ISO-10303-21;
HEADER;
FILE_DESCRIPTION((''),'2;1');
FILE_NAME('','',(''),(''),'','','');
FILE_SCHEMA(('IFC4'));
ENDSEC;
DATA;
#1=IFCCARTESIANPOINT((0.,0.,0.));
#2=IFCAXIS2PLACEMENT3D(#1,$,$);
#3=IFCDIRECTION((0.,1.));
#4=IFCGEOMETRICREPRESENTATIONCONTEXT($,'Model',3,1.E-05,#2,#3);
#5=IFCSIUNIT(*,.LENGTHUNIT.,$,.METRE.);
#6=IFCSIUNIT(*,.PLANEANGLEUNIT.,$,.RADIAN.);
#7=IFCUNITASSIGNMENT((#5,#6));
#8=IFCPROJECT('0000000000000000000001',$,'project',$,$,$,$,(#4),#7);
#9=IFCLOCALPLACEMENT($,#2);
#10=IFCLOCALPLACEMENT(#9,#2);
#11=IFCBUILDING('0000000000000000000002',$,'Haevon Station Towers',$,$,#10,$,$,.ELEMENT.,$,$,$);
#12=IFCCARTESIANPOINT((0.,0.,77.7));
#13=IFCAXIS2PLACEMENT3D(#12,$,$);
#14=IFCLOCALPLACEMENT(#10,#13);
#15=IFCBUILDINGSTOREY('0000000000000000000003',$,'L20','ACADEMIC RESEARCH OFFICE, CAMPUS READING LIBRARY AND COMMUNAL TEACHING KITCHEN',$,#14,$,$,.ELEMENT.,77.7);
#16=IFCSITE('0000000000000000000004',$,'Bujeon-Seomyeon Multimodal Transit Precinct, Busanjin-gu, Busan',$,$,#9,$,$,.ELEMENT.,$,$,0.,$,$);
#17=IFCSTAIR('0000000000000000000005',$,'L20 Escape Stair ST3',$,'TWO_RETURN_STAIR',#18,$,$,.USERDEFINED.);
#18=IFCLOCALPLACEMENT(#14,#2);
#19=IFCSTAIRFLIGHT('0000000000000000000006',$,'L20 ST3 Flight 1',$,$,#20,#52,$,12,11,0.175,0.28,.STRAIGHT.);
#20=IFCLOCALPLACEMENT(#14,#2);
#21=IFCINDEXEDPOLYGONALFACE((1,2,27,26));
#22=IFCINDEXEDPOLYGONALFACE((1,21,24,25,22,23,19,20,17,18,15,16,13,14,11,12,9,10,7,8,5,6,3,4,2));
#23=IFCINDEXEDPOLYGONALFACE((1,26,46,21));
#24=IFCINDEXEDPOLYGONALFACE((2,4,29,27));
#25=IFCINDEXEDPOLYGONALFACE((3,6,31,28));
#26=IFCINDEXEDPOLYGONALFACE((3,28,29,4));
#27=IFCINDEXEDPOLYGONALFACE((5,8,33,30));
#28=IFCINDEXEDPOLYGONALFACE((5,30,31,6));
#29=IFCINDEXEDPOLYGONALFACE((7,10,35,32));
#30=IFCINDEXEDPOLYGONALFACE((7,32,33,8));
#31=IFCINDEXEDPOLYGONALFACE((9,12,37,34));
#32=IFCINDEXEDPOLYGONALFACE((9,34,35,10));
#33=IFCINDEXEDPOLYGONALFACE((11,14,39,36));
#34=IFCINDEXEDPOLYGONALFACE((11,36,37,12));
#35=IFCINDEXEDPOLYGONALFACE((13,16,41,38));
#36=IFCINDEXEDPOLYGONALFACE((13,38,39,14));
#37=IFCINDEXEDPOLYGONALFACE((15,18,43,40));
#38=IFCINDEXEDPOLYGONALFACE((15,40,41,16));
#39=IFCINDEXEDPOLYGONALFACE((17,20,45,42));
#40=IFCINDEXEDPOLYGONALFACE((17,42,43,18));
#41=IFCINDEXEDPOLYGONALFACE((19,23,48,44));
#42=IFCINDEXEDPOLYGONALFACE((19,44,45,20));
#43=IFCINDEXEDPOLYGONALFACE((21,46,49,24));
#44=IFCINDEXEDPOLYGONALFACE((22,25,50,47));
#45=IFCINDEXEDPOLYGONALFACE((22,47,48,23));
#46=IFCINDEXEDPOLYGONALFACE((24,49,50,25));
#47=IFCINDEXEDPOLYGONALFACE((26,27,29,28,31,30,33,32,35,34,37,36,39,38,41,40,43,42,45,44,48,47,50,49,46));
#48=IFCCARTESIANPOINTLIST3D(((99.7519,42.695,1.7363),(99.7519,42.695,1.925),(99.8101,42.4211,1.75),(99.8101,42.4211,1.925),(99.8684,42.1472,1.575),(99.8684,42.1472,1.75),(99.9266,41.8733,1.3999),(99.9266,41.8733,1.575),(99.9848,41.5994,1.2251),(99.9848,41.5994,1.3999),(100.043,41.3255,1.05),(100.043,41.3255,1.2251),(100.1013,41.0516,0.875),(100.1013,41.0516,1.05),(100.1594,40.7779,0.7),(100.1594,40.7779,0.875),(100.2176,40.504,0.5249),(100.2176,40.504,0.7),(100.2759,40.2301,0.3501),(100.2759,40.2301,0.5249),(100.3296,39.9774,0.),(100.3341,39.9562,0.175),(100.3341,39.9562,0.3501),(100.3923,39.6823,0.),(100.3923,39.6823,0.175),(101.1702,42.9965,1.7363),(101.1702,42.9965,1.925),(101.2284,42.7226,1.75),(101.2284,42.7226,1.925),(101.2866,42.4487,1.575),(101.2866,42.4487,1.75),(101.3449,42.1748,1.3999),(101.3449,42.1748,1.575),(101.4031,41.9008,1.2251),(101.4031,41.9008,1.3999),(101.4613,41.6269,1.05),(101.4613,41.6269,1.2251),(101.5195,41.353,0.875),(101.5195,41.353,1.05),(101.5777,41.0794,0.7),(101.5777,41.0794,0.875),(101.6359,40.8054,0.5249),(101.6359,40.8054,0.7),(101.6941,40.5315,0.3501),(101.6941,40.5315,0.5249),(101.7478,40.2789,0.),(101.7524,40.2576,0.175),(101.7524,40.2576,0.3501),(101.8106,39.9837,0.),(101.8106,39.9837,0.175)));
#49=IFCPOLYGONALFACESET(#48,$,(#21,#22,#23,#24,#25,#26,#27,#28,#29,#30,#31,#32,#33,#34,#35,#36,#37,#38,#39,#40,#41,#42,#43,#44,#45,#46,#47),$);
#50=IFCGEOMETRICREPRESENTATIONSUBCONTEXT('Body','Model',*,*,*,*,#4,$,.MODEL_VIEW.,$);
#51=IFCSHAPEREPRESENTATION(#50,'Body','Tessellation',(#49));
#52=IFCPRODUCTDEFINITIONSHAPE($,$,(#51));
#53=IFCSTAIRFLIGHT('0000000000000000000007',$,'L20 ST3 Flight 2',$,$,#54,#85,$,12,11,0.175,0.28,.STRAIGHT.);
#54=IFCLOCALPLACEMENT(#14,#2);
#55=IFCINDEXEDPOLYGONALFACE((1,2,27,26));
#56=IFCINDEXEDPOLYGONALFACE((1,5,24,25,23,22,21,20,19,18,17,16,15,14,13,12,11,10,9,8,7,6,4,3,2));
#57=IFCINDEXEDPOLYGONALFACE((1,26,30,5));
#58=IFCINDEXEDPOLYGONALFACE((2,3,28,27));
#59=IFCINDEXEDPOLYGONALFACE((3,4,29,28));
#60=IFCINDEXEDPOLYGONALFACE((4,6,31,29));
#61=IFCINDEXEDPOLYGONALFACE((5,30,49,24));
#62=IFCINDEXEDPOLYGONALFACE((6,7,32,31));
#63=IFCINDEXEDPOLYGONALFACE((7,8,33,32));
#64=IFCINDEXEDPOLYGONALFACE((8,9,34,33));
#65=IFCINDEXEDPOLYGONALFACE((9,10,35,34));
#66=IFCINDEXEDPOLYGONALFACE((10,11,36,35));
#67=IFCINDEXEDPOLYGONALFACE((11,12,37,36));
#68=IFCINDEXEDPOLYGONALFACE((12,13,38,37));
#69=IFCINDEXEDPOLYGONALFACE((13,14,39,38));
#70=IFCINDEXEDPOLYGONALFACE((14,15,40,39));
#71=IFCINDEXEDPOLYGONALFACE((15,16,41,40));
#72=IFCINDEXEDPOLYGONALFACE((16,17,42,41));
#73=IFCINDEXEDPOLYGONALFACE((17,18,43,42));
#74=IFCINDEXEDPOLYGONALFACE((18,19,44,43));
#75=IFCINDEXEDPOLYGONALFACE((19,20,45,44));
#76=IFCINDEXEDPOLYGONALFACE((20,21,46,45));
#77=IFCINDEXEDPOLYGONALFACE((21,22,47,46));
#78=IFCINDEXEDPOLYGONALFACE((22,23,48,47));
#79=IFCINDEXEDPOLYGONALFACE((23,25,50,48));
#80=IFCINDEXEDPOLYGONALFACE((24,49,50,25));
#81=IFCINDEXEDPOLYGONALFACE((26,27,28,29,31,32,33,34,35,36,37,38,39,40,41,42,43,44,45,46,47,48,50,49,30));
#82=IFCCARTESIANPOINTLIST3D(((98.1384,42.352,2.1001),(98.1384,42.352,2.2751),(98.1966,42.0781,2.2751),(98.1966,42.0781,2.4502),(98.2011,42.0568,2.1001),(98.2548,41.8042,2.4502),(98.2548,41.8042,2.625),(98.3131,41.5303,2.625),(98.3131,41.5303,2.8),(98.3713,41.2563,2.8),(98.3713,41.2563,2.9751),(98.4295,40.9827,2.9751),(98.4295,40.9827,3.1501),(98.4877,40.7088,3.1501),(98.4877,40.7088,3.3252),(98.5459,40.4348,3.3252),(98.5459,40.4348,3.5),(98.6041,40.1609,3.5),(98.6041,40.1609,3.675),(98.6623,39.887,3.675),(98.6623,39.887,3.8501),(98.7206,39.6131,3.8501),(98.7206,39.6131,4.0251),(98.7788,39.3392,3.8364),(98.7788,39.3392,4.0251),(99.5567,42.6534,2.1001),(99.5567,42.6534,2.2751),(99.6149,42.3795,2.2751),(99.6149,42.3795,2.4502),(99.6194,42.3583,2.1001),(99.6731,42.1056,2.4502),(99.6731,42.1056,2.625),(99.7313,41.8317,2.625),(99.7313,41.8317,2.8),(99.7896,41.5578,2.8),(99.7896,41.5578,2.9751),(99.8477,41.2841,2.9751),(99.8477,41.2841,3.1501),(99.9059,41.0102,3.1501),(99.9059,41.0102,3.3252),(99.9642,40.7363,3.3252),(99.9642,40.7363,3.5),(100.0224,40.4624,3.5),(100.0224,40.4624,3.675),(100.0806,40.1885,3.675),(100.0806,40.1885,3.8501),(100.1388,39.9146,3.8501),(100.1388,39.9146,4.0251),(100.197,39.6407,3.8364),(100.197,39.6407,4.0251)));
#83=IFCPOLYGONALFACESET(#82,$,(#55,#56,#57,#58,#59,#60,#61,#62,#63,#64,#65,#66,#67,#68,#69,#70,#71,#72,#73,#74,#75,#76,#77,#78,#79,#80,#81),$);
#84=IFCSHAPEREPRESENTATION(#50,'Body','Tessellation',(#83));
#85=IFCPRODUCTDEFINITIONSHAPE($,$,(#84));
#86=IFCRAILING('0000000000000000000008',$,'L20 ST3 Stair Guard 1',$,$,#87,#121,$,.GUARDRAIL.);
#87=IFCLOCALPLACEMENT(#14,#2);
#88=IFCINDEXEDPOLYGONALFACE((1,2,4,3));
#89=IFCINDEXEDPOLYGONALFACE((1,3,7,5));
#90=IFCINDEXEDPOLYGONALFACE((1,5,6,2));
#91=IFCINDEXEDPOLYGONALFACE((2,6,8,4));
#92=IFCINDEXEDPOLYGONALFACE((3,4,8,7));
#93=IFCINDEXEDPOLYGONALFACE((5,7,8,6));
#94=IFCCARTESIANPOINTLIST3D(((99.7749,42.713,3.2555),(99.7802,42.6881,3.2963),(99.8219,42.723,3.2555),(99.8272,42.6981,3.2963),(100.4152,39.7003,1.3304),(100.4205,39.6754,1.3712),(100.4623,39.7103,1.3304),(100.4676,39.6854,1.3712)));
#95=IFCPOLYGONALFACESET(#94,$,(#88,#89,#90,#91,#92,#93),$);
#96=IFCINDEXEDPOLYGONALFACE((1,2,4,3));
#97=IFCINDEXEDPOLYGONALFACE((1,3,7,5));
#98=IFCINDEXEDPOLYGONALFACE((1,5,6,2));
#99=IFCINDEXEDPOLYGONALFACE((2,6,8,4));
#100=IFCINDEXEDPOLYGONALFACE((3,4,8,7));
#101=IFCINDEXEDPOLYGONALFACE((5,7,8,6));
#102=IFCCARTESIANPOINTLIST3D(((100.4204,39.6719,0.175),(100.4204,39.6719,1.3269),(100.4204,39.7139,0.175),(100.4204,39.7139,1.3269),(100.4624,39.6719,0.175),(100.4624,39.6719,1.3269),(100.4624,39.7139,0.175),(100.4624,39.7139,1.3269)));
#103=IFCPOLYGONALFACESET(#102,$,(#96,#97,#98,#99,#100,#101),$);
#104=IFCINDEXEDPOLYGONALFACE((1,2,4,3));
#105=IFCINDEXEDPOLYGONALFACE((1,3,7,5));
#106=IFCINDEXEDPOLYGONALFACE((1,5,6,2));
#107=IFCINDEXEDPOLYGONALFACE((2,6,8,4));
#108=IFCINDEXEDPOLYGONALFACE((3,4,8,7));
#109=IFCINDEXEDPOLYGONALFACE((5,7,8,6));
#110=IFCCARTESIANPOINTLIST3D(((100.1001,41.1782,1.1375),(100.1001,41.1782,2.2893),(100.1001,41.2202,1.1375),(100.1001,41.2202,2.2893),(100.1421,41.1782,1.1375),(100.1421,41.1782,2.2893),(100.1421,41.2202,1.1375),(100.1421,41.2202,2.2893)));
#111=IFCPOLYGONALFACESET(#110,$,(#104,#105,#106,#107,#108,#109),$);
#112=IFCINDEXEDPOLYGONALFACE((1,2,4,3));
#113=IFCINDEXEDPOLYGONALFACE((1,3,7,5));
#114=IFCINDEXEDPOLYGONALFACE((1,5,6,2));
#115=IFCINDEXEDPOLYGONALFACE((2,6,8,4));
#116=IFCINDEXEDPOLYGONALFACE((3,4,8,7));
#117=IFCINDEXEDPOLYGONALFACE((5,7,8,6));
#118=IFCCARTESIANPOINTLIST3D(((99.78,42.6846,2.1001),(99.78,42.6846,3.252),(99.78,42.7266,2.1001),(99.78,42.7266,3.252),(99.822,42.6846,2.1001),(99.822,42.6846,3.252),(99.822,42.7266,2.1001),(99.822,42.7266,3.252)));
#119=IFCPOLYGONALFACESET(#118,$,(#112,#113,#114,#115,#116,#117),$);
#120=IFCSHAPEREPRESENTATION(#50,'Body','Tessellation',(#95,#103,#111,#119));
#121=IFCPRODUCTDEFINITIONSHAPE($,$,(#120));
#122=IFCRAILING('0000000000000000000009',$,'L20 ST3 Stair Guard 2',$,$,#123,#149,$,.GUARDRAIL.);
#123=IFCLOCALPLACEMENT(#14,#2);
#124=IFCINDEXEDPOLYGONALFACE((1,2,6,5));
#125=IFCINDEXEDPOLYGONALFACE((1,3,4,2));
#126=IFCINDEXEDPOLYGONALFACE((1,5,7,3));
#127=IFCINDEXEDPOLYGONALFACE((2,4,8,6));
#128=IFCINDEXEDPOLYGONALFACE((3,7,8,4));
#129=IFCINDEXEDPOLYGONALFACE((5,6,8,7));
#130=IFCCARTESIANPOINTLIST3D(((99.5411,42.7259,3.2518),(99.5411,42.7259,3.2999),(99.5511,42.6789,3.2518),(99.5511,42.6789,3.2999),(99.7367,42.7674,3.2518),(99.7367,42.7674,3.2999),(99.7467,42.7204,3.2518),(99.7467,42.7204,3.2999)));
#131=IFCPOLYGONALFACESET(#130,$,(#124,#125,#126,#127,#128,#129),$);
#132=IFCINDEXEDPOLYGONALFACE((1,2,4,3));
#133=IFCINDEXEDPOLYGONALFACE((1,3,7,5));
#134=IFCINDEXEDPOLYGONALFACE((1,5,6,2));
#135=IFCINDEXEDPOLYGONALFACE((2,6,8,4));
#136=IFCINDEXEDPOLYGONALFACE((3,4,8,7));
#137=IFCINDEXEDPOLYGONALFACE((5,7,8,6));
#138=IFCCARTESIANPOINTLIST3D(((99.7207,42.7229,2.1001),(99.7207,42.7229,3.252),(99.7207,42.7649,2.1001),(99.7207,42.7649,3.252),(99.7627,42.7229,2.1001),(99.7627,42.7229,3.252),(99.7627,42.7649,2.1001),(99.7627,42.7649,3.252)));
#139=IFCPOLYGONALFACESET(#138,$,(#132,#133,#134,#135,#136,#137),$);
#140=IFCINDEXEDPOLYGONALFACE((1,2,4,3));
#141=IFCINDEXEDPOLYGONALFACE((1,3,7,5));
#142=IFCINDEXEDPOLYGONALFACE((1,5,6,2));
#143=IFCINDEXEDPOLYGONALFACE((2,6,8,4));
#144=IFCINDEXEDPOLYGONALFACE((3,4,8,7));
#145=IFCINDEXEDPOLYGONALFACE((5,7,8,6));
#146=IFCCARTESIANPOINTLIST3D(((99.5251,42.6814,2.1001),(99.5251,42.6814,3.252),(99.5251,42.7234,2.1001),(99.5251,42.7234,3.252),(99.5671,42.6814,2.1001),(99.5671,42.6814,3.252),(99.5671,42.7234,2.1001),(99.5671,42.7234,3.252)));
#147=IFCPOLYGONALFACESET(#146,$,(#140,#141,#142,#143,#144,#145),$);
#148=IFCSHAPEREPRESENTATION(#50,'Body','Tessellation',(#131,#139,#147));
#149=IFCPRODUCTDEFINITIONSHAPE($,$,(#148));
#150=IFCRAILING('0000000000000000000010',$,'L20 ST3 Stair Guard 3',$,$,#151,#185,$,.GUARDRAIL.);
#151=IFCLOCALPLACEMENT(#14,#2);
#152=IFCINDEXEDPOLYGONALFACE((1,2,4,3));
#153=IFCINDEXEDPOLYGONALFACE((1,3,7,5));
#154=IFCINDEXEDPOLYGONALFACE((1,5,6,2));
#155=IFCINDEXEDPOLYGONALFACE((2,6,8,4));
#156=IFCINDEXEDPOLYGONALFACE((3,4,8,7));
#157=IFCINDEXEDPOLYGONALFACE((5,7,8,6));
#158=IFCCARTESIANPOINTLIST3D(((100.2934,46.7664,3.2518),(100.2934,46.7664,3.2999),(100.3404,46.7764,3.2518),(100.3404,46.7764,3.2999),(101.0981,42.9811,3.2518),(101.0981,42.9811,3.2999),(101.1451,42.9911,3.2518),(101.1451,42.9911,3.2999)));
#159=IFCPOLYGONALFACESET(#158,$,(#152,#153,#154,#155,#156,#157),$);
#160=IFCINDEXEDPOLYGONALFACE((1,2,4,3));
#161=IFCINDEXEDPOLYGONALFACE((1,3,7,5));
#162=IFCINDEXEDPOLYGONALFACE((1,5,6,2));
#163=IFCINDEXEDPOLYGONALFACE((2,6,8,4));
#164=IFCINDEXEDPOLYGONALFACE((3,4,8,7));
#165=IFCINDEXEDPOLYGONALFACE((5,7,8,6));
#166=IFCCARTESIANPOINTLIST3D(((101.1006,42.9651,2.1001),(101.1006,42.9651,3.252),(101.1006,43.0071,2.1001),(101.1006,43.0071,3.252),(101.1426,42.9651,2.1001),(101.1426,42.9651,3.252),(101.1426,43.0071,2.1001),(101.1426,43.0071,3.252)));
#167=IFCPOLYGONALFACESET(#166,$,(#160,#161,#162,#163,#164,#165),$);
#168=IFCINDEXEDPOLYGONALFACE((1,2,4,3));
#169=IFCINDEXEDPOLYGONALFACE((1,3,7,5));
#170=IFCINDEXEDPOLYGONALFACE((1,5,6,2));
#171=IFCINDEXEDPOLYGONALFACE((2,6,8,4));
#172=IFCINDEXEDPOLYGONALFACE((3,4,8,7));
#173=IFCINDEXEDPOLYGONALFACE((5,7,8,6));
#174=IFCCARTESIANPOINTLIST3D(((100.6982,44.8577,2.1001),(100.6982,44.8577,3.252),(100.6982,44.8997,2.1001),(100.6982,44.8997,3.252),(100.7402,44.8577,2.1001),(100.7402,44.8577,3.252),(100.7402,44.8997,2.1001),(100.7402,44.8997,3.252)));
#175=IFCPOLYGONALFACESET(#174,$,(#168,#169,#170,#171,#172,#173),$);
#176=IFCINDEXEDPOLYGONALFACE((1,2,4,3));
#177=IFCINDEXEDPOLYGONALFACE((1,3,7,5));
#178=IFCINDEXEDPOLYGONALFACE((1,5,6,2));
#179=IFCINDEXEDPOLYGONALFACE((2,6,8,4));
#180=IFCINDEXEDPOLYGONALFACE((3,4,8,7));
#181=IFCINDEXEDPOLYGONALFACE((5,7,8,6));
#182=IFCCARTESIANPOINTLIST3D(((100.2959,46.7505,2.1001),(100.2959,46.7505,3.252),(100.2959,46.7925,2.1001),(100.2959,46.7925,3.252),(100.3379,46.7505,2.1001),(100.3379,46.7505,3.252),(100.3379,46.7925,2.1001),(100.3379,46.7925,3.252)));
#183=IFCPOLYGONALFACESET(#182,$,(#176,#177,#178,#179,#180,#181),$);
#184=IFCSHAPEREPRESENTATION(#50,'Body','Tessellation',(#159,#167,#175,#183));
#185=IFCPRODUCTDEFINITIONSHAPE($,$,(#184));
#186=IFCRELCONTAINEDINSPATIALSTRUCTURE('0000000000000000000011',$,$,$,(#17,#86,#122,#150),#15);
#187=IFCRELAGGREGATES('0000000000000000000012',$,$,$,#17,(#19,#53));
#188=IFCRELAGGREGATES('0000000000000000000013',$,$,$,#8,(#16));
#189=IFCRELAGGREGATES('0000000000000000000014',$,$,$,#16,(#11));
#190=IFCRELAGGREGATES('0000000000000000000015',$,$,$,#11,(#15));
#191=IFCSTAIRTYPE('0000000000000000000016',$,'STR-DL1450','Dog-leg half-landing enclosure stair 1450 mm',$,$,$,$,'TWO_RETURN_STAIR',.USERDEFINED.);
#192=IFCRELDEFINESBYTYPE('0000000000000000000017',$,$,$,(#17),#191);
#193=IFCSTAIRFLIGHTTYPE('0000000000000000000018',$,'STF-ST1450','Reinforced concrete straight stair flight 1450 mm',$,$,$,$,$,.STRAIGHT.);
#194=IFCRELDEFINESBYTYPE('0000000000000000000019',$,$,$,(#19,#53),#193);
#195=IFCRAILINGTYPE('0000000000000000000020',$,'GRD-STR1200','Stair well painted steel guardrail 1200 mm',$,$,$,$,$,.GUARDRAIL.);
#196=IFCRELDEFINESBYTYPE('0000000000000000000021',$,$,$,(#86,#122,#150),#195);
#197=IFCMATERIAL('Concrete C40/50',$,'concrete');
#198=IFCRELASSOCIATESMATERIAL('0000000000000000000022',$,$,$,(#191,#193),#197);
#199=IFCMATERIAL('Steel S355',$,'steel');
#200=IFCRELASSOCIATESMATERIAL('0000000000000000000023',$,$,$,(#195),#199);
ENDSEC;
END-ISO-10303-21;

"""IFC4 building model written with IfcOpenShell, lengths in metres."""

from ifc_helpers import new_model, si_unit, direction, frame, origin, origin_2d, place, context, subcontext, project, spatial, polyline, rectangle, outline, extrude, material, type_object, element, aggregate, save


model = new_model("IFC4")

# Units and contexts
model_context = context("Model", 3, precision=1e-05, world=origin(), true_north=direction((0.0, 1.0)))
body_context = subcontext(model_context, "Body", "Model", "MODEL_VIEW")
ifc_project = project(units=[si_unit("LENGTHUNIT", "METRE"), si_unit("PLANEANGLEUNIT", "RADIAN")], contexts=[model_context])

# Site, building, storey
site_placement = place(None, origin())
site = spatial("IfcSite", under=ifc_project, at=site_placement, Name="Bujeon-Seomyeon Multimodal Transit Precinct, Busanjin-gu, Busan", CompositionType="ELEMENT", RefElevation=0.0)
building_placement = place(site_placement, origin())
building = spatial("IfcBuilding", under=site, at=building_placement, Name="Haevon Station Towers", CompositionType="ELEMENT")
storey_placement = place(building_placement, frame((0.0, 0.0, 77.7)))
storey = spatial("IfcBuildingStorey", under=building, at=storey_placement, Name="L20", Description="ACADEMIC RESEARCH OFFICE, CAMPUS READING LIBRARY AND COMMUNAL TEACHING KITCHEN", CompositionType="ELEMENT", Elevation=77.7)

# Shared definitions
ifc_material_1 = material(Name="Steel S355", Category="steel")

# Shared definitions
ifc_material_2 = material(Name="Concrete C40/50", Category="concrete")

# Stair, stair flights
stair_type = type_object("IfcStairType", Name="STR-DL1450", Description="Dog-leg half-landing enclosure stair 1450 mm", ElementType="TWO_RETURN_STAIR", PredefinedType="USERDEFINED", material=ifc_material_2)
stair_placement = place(storey_placement, origin())
stair = element("IfcStair", 1, at=stair_placement, inside=storey, type_object=stair_type, Name="L20 Escape Stair ST3", ObjectType="TWO_RETURN_STAIR", PredefinedType="USERDEFINED")
stair_flight_type = type_object("IfcStairFlightType", Name="STF-ST1450", Description="Reinforced concrete straight stair flight 1450 mm", PredefinedType="STRAIGHT", material=ifc_material_2)
stair_flight_1_placement = place(storey_placement, frame((101.1016, 39.833, 0.0), z_axis=(0.0, 0.0, 1.0), x_axis=(-0.207912, 0.978148, 0.0)))
stair_flight_1 = element("IfcStairFlight", 2, at=stair_flight_1_placement, type_object=stair_flight_type, Name="L20 ST3 Flight 1", NumberOfRisers=12, NumberOfTreads=11, PredefinedType="STRAIGHT", RiserHeight=0.175, TreadLength=0.28, context=body_context, shape_type="SweptSolid", body=[
    extrude(outline(polyline([(0.0, 0.0), (0.0, 0.175), (0.28, 0.175), (0.28, 0.3501), (0.5601, 0.3501), (0.5601, 0.5249), (0.8401, 0.5249), (0.8401, 0.7), (1.1201, 0.7), (1.1201, 0.875), (1.3999, 0.875), (1.3999, 1.05), (1.6799, 1.05), (1.6799, 1.2251), (1.96, 1.2251), (1.96, 1.3999), (2.24, 1.3999), (2.24, 1.575), (2.52, 1.575), (2.52, 1.75), (2.8, 1.75), (2.8, 1.925), (3.0801, 1.925), (3.0801, 2.1001), (3.0801, 1.7363), (0.3018, 0.0), (0.0, 0.0)])), frame((0.0, 0.7251, 0.0), z_axis=(0.0, -1.0, 0.0), x_axis=(1.0, 0.0, 0.0)), (0.0, 0.0, 1.0), 1.45),
])
stair_flight_2_placement = place(storey_placement, frame((98.8474, 42.5027, 2.1001), z_axis=(0.0, 0.0, 1.0), x_axis=(0.207912, -0.978148, 0.0)))
stair_flight_2 = element("IfcStairFlight", 3, at=stair_flight_2_placement, type_object=stair_flight_type, Name="L20 ST3 Flight 2", NumberOfRisers=12, NumberOfTreads=11, PredefinedType="STRAIGHT", RiserHeight=0.175, TreadLength=0.28, context=body_context, shape_type="SweptSolid", body=[
    extrude(outline(polyline([(0.0, 0.0), (0.0, 0.175), (0.28, 0.175), (0.28, 0.3501), (0.5601, 0.3501), (0.5601, 0.5249), (0.8401, 0.5249), (0.8401, 0.7), (1.1201, 0.7), (1.1201, 0.875), (1.3999, 0.875), (1.3999, 1.05), (1.6799, 1.05), (1.6799, 1.2251), (1.96, 1.2251), (1.96, 1.3999), (2.24, 1.3999), (2.24, 1.575), (2.52, 1.575), (2.52, 1.75), (2.8, 1.75), (2.8, 1.925), (3.0801, 1.925), (3.0801, 2.1001), (3.0801, 1.7363), (0.3018, 0.0), (0.0, 0.0)])), frame((0.0, 0.7251, 0.0), z_axis=(0.0, -1.0, 0.0), x_axis=(1.0, 0.0, 0.0)), (0.0, 0.0, 1.0), 1.45),
])
aggregate(stair, [stair_flight_1, stair_flight_2])

# Railings
railing_type_1 = type_object("IfcRailingType", Name="GRD-STR1200", Description="Stair well painted steel guardrail 1200 mm", PredefinedType="GUARDRAIL", material=ifc_material_1)
railing_1_placement = place(storey_placement, frame((100.4414, 39.6929, 0.175)))
element("IfcRailing", 4, at=railing_1_placement, inside=storey, type_object=railing_type_1, Name="L20 ST3 Stair Guard 1", PredefinedType="GUARDRAIL", context=body_context, shape_type="SweptSolid", body=[
    extrude(rectangle(XDim=0.0481, YDim=0.0481, at=origin_2d()), frame((0.0, 0.0, 1.1758), z_axis=(-0.176311, 0.829461, 0.530008), x_axis=(-0.978147, -0.207916, 0.0)), (0.0, 0.0, 1.0), 3.6321),
    extrude(rectangle(XDim=0.042, YDim=0.042, at=origin_2d()), origin(), (0.0, 0.0, 1.0), 1.1519),
    extrude(rectangle(XDim=0.042, YDim=0.042, at=origin_2d()), frame((-0.3203, 1.5063, 0.9624)), (0.0, 0.0, 1.0), 1.1519),
    extrude(rectangle(XDim=0.042, YDim=0.042, at=origin_2d()), frame((-0.6404, 3.0127, 1.925)), (0.0, 0.0, 1.0), 1.1519),
])
railing_2_placement = place(storey_placement, frame((99.7417, 42.7439, 2.1001)))
element("IfcRailing", 5, at=railing_2_placement, inside=storey, type_object=railing_type_1, Name="L20 ST3 Stair Guard 2", PredefinedType="GUARDRAIL", context=body_context, shape_type="SweptSolid", body=[
    extrude(rectangle(XDim=0.0481, YDim=0.0481, at=origin_2d()), frame((0.0, 0.0, 1.1758), z_axis=(-0.978212, -0.20761, 0.0), x_axis=(0.20761, -0.978212, 0.0)), (0.0, 0.0, 1.0), 0.2),
    extrude(rectangle(XDim=0.042, YDim=0.042, at=origin_2d()), origin(), (0.0, 0.0, 1.0), 1.1519),
    extrude(rectangle(XDim=0.042, YDim=0.042, at=origin_2d()), frame((-0.1956, -0.0415, 0.0)), (0.0, 0.0, 1.0), 1.1519),
])
railing_3_placement = place(storey_placement, frame((101.1216, 42.9861, 2.1001)))
element("IfcRailing", 6, at=railing_3_placement, inside=storey, type_object=railing_type_1, Name="L20 ST3 Stair Guard 3", PredefinedType="GUARDRAIL", context=body_context, shape_type="SweptSolid", body=[
    extrude(rectangle(XDim=0.0481, YDim=0.0481, at=origin_2d()), frame((0.0, 0.0, 1.1758), z_axis=(-0.20793, 0.978144, 0.0), x_axis=(-0.978144, -0.20793, 0.0)), (0.0, 0.0, 1.0), 3.8699),
    extrude(rectangle(XDim=0.042, YDim=0.042, at=origin_2d()), origin(), (0.0, 0.0, 1.0), 1.1519),
    extrude(rectangle(XDim=0.042, YDim=0.042, at=origin_2d()), frame((-0.4023, 1.8926, 0.0)), (0.0, 0.0, 1.0), 1.1519),
    extrude(rectangle(XDim=0.042, YDim=0.042, at=origin_2d()), frame((-0.8047, 3.7854, 0.0)), (0.0, 0.0, 1.0), 1.1519),
])

save(model, "model.ifc")
